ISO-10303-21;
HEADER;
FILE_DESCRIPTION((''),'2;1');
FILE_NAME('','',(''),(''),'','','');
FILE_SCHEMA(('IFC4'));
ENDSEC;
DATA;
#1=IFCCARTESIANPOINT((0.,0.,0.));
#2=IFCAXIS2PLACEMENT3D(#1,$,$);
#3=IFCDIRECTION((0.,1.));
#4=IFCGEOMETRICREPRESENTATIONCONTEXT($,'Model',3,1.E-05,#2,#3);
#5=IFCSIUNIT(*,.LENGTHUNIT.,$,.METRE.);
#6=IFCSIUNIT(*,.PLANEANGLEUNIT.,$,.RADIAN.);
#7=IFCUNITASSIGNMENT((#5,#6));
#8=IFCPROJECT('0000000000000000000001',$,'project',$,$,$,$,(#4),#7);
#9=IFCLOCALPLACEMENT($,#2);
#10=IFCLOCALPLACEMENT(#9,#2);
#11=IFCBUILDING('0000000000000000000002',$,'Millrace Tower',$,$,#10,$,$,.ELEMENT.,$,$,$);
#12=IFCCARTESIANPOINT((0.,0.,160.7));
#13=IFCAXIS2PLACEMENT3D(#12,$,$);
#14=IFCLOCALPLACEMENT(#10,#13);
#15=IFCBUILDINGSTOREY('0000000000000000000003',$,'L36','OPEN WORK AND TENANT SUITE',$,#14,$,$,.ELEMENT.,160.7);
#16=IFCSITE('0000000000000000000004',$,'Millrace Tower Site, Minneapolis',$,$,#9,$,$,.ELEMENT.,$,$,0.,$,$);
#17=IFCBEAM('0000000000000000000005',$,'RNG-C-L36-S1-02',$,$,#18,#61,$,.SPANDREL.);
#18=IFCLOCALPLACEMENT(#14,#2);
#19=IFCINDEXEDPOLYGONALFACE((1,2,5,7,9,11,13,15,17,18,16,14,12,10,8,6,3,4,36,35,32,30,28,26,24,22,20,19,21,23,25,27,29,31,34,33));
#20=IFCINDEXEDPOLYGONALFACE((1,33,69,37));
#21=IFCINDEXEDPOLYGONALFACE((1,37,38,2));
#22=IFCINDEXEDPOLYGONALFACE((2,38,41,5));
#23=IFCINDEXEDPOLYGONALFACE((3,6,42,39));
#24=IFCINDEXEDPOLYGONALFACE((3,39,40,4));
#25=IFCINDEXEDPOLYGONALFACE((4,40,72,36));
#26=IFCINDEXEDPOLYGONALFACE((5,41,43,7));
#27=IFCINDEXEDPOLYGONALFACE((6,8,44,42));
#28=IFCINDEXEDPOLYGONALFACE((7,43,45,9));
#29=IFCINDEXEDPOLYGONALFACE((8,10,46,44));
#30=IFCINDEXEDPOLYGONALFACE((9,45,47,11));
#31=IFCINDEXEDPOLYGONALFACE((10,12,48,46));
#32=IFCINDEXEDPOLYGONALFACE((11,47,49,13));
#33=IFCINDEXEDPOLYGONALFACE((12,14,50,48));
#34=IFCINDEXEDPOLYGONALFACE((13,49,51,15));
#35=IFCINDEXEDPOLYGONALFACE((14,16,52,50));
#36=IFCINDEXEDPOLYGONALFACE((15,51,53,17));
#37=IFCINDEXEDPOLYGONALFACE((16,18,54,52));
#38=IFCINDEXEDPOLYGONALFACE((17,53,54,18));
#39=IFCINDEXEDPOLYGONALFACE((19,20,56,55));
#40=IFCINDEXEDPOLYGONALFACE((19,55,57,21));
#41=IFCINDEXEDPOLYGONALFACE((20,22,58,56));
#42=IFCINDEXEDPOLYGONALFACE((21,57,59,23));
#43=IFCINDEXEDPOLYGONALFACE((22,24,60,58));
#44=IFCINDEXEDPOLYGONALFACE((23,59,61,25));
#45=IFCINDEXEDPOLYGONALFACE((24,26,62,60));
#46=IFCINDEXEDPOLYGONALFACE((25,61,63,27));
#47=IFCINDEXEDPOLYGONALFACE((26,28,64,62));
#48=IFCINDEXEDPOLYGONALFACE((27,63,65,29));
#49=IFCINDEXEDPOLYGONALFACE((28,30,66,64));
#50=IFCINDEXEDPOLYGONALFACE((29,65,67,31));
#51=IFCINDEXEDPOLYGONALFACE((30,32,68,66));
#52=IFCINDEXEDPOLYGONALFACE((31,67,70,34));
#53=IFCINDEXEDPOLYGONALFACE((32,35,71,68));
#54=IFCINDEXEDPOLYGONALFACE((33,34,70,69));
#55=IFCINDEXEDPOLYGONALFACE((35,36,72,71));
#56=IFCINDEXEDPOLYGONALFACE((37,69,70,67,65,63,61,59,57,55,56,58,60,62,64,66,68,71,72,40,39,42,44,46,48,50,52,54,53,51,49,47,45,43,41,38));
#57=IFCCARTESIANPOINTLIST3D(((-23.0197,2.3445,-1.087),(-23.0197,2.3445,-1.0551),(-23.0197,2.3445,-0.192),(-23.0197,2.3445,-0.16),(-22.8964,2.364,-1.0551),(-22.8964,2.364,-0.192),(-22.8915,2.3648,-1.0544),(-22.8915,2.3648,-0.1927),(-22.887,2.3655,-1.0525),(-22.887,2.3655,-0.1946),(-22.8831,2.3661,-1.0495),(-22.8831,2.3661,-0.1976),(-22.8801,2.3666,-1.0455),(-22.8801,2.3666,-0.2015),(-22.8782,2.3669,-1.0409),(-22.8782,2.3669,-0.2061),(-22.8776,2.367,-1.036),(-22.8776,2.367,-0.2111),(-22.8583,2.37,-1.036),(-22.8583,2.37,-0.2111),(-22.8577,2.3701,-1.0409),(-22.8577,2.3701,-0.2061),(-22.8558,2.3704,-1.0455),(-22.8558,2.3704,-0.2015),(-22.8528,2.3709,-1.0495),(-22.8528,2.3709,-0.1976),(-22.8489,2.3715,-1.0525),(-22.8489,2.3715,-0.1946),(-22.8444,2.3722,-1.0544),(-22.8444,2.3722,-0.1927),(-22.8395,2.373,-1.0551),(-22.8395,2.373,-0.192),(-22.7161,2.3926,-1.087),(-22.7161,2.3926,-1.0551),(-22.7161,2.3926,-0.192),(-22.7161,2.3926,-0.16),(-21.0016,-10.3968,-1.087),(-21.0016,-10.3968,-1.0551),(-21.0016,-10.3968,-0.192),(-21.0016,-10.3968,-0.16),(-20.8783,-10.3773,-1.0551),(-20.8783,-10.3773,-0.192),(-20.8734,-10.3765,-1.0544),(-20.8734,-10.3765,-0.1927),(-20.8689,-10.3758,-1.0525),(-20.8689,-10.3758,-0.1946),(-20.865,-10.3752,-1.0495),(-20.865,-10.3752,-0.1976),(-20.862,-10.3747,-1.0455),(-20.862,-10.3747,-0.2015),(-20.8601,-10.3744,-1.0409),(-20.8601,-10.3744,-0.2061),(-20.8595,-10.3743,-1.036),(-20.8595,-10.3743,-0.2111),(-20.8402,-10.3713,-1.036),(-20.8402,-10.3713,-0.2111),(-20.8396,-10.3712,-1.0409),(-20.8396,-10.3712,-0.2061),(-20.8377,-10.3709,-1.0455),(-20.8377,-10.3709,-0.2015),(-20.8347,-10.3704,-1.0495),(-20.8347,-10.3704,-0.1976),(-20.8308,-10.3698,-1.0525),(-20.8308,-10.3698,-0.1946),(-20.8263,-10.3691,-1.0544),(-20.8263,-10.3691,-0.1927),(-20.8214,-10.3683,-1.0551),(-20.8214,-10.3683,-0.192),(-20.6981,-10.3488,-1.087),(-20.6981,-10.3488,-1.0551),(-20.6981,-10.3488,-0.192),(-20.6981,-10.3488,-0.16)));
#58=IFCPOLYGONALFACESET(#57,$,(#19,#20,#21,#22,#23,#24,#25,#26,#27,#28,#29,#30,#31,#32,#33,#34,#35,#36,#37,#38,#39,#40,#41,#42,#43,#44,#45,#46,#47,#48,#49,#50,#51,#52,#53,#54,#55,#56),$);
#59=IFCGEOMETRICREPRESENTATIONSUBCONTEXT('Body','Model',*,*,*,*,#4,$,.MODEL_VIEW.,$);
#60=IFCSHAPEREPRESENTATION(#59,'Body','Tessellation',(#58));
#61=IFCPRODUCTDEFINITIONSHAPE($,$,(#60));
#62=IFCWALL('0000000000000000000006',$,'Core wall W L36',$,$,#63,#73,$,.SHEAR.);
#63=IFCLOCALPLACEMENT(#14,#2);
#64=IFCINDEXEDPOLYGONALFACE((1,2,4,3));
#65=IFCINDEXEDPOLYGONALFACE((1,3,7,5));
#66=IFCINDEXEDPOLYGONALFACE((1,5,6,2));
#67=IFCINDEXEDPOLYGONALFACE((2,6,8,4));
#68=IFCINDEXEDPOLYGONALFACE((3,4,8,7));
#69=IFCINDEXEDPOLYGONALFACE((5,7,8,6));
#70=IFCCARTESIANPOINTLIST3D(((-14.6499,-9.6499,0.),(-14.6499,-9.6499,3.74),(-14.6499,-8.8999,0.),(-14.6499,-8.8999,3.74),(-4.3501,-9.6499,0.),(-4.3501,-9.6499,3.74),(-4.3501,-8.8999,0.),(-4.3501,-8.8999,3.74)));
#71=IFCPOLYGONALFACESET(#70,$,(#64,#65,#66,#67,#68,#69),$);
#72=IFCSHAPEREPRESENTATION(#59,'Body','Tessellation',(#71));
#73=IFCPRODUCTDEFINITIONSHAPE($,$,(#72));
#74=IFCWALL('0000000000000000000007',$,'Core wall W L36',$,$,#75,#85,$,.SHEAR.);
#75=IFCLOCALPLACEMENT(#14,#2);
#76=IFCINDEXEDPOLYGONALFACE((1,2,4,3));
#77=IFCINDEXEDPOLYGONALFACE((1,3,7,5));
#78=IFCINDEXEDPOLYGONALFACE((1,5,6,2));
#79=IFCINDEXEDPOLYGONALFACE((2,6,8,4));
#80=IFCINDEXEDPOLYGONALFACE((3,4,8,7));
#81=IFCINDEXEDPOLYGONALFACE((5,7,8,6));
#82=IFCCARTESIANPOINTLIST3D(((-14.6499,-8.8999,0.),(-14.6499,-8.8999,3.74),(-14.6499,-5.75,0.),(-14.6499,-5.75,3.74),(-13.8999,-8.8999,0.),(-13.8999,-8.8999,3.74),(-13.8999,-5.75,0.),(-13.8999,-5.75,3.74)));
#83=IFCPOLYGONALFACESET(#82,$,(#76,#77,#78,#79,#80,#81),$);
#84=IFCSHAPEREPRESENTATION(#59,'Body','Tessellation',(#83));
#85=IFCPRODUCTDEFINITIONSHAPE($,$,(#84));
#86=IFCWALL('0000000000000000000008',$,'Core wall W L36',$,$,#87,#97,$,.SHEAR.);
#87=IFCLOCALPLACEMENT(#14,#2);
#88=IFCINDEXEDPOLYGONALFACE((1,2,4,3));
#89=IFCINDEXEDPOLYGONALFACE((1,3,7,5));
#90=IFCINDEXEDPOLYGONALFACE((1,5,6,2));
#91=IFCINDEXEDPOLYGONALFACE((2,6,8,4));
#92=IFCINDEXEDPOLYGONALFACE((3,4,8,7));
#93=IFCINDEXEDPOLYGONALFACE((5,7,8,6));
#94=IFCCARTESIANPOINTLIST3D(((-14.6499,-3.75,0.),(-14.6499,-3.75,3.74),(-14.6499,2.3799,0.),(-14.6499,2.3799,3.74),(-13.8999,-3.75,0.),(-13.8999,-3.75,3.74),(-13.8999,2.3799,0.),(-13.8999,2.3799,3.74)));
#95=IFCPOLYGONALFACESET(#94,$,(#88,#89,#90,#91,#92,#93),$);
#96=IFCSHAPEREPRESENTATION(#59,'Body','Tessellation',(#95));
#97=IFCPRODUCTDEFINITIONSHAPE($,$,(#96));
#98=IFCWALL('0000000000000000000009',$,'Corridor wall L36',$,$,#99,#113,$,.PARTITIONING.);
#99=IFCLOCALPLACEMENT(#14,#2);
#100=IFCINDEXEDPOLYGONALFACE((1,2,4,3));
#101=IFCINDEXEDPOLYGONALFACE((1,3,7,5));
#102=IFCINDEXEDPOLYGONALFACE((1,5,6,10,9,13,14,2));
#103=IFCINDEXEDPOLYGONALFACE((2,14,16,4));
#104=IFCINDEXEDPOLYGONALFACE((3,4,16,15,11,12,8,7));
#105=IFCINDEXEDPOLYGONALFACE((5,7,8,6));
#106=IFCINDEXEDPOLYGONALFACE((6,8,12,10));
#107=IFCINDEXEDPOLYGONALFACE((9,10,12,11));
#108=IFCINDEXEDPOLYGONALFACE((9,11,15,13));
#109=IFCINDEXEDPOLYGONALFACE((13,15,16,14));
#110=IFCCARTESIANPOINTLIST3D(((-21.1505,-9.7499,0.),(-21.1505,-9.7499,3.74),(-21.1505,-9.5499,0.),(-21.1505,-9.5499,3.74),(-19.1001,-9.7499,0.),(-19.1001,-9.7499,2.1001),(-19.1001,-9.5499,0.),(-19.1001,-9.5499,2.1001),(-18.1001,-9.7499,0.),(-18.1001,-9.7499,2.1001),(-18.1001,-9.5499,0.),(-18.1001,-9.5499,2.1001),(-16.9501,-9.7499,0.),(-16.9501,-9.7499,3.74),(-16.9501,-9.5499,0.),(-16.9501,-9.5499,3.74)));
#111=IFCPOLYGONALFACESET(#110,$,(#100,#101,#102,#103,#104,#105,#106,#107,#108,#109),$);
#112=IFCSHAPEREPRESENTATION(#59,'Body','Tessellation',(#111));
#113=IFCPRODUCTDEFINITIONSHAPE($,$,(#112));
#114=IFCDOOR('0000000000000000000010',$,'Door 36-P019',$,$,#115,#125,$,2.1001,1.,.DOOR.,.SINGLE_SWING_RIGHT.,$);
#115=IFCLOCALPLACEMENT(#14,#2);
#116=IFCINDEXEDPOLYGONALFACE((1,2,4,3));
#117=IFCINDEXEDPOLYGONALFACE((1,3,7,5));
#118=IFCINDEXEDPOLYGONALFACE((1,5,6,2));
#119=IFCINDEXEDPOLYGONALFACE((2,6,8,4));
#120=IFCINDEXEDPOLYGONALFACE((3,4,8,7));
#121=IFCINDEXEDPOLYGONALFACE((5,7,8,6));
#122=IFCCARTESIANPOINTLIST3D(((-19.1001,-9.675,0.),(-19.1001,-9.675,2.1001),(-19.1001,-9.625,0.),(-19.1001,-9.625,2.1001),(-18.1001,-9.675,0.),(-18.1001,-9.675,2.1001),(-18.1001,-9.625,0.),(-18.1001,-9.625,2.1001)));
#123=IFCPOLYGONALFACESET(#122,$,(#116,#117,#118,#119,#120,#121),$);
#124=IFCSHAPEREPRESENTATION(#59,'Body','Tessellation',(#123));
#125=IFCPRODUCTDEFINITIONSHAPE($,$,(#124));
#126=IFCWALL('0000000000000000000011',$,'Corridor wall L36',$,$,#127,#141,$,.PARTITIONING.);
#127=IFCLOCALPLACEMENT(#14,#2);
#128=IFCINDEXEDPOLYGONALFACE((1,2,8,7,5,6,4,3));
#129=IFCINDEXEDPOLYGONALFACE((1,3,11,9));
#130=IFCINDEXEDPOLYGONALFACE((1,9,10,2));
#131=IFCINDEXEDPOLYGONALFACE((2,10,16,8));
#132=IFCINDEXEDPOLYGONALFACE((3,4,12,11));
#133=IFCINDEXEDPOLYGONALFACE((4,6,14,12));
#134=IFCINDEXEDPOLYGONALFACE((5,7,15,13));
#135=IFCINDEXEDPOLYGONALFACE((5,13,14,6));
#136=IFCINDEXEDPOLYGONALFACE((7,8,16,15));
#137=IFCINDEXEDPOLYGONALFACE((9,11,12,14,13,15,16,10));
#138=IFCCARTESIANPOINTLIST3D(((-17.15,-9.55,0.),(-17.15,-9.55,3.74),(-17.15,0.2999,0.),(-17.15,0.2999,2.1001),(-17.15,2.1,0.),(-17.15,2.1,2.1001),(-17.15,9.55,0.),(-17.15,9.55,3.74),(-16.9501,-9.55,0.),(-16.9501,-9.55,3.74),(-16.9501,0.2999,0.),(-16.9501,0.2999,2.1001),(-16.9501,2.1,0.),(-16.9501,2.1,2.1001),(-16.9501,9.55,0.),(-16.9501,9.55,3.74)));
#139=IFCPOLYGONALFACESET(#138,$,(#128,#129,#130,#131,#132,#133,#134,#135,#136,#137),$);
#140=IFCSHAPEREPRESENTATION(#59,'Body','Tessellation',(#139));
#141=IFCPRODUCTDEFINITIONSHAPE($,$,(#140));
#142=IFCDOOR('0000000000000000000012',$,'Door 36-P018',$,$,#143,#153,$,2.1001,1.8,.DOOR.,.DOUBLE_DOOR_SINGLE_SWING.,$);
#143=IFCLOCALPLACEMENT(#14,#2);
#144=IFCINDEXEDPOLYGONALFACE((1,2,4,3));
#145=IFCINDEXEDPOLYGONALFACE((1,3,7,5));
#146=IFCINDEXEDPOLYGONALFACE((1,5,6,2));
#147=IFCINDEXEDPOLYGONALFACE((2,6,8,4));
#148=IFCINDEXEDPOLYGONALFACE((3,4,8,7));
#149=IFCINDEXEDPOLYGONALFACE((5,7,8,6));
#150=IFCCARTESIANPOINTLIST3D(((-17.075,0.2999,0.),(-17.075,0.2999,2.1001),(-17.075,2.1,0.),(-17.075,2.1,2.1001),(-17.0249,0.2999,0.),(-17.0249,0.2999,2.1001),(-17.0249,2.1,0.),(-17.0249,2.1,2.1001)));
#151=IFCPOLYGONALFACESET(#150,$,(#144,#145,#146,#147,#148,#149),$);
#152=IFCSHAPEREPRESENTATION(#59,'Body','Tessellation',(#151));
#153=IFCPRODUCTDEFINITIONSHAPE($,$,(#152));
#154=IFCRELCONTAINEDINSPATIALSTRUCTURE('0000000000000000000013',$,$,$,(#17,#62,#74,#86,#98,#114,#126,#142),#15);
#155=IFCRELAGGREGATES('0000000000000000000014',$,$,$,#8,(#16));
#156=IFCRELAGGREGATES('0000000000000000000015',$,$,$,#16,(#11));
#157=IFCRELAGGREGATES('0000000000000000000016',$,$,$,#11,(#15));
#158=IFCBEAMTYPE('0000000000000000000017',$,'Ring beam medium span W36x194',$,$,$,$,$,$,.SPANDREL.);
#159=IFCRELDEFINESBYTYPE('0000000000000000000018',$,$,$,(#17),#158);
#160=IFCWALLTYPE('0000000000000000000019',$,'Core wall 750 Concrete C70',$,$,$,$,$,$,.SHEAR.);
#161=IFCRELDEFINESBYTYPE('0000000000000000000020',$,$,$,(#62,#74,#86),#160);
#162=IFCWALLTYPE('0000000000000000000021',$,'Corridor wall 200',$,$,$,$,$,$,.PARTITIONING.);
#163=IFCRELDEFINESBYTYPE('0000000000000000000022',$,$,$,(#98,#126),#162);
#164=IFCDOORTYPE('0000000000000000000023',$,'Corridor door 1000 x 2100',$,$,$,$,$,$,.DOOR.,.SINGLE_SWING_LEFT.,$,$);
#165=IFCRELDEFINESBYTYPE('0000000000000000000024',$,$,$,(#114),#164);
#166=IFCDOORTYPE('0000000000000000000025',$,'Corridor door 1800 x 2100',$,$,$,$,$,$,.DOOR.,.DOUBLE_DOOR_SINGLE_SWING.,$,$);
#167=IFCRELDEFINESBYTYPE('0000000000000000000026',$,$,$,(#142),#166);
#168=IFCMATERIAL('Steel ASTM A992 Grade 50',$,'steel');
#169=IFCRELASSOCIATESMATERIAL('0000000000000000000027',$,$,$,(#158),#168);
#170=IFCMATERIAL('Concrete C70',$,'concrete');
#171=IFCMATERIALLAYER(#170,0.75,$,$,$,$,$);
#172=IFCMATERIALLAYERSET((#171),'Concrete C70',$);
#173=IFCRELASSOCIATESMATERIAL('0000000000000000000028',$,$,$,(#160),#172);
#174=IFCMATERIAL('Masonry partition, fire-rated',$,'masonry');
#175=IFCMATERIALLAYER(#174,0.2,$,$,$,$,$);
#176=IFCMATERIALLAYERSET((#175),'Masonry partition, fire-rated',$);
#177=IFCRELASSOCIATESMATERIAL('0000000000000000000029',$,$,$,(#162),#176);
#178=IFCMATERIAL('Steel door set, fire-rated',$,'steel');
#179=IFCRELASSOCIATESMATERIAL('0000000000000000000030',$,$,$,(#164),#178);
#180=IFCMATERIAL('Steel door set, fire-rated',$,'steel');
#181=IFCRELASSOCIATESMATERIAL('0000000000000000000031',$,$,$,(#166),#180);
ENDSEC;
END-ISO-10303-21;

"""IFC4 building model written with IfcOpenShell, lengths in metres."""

from ifc_helpers import new_model, si_unit, direction, frame, frame_2d, origin, origin_2d, place, context, subcontext, project, spatial, rectangle, i_section, extrude, material, layer, layer_set, material_profile, profile_set, type_object, element, fill, save


model = new_model("IFC4")

# Units and contexts
model_context = context("Model", 3, precision=1e-05, world=origin(), true_north=direction((0.0, 1.0)))
body_context = subcontext(model_context, "Body", "Model", "MODEL_VIEW")
ifc_project = project(units=[si_unit("LENGTHUNIT", "METRE"), si_unit("PLANEANGLEUNIT", "RADIAN")], contexts=[model_context])

# Site, building, storey
site_placement = place(None, origin())
site = spatial("IfcSite", under=ifc_project, at=site_placement, Name="Millrace Tower Site, Minneapolis", CompositionType="ELEMENT", RefElevation=0.0)
building_placement = place(site_placement, origin())
building = spatial("IfcBuilding", under=site, at=building_placement, Name="Millrace Tower", CompositionType="ELEMENT")
storey_placement = place(building_placement, frame((0.0, 0.0, 160.7)))
storey = spatial("IfcBuildingStorey", under=building, at=storey_placement, Name="L36", Description="OPEN WORK AND TENANT SUITE", CompositionType="ELEMENT", Elevation=160.7)

# Beam
ifc_material_1 = material(Name="Steel ASTM A992 Grade 50", Category="steel")
ifc_material_profile_1 = material_profile(ifc_material_1, i_section(OverallWidth=0.3074, OverallDepth=0.927, WebThickness=0.0195, FlangeThickness=0.032, FilletRadius=0.019, at=origin_2d()))
ifc_profile_set_1 = profile_set([ifc_material_profile_1], Name="Steel ASTM A992 Grade 50")
beam_type_1 = type_object("IfcBeamType", Name="Ring beam medium span W36x194", PredefinedType="SPANDREL", material=ifc_profile_set_1)
beam_1_placement = place(storey_placement, frame((-20.8499, -10.3728, -0.6235), z_axis=(-0.156439, 0.987688, 0.0), x_axis=(-0.987688, -0.156439, 0.0)))
element("IfcBeam", 1, at=beam_1_placement, inside=storey, type_object=beam_type_1, Name="RNG-C-L36-S1-02", PredefinedType="SPANDREL", context=body_context, shape_type="SweptSolid", body=[
    extrude(i_section(OverallWidth=0.3074, OverallDepth=0.927, WebThickness=0.0195, FlangeThickness=0.032, FilletRadius=0.019, at=origin_2d()), origin(), (0.0, 0.0, 1.0), 12.9001),
])

# Walls
ifc_material_2 = material(Name="Concrete C70", Category="concrete")
ifc_layer_1 = layer(ifc_material_2, 0.75)
ifc_layer_set_1 = layer_set([ifc_layer_1], Name="Concrete C70")
wall_type_1 = type_object("IfcWallType", Name="Core wall 750 Concrete C70", PredefinedType="SHEAR", material=ifc_layer_set_1)
wall_1_placement = place(storey_placement, frame((-14.6499, -9.2749, 0.0), z_axis=(0.0, 0.0, 1.0), x_axis=(1.0, 0.0, 0.0)))
element("IfcWall", 2, at=wall_1_placement, inside=storey, type_object=wall_type_1, Name="Core wall W L36", PredefinedType="SHEAR", context=body_context, shape_type="SweptSolid", body=[
    extrude(rectangle(XDim=10.2998, YDim=0.75, at=frame_2d((5.1499, 0.0))), origin(), (0.0, 0.0, 1.0), 3.74),
])
wall_2_placement = place(storey_placement, frame((-14.2749, -8.8999, 0.0), z_axis=(0.0, 0.0, 1.0), x_axis=(0.0, 1.0, 0.0)))
element("IfcWall", 3, at=wall_2_placement, inside=storey, type_object=wall_type_1, Name="Core wall W L36", PredefinedType="SHEAR", context=body_context, shape_type="SweptSolid", body=[
    extrude(rectangle(XDim=3.1499, YDim=0.75, at=frame_2d((1.575, 0.0))), origin(), (0.0, 0.0, 1.0), 3.74),
])
wall_3_placement = place(storey_placement, frame((-14.2749, -3.75, 0.0), z_axis=(0.0, 0.0, 1.0), x_axis=(0.0, 1.0, 0.0)))
element("IfcWall", 4, at=wall_3_placement, inside=storey, type_object=wall_type_1, Name="Core wall W L36", PredefinedType="SHEAR", context=body_context, shape_type="SweptSolid", body=[
    extrude(rectangle(XDim=6.1299, YDim=0.75, at=frame_2d((3.0649, 0.0))), origin(), (0.0, 0.0, 1.0), 3.74),
])

# Walls, openings, doors
ifc_material_3 = material(Name="Masonry partition, fire-rated", Category="masonry")
ifc_layer_2 = layer(ifc_material_3, 0.2)
ifc_layer_set_2 = layer_set([ifc_layer_2], Name="Masonry partition, fire-rated")
wall_type_2 = type_object("IfcWallType", Name="Corridor wall 200", PredefinedType="PARTITIONING", material=ifc_layer_set_2)
wall_4_placement = place(storey_placement, frame((-21.1504, -9.6499, 0.0), z_axis=(0.0, 0.0, 1.0), x_axis=(1.0, 0.0, 0.0)))
wall_4 = element("IfcWall", 5, at=wall_4_placement, inside=storey, type_object=wall_type_2, Name="Corridor wall L36", PredefinedType="PARTITIONING", context=body_context, shape_type="SweptSolid", body=[
    extrude(rectangle(XDim=4.2004, YDim=0.2, at=frame_2d((2.1001, 0.0))), origin(), (0.0, 0.0, 1.0), 3.74),
])
opening_1_placement = place(wall_4_placement, frame((2.0503, 0.0, 0.0)))
opening_1 = element("IfcOpeningElement", 6, at=opening_1_placement, cuts=wall_4, PredefinedType="OPENING", context=body_context, shape_type="SweptSolid", body=[
    extrude(rectangle(XDim=1.0, YDim=2.1001, at=frame_2d((0.5, 1.05))), frame((0.0, 0.1099, 0.0), z_axis=(0.0, -1.0, 0.0), x_axis=(1.0, 0.0, 0.0)), (0.0, 0.0, 1.0), 0.22),
])
ifc_material_4 = material(Name="Steel door set, fire-rated", Category="steel")
door_type_1 = type_object("IfcDoorType", Name="Corridor door 1000 x 2100", OperationType="SINGLE_SWING_LEFT", PredefinedType="DOOR", material=ifc_material_4)
door_1_placement = place(opening_1_placement, origin())
door_1 = element("IfcDoor", 7, at=door_1_placement, inside=storey, type_object=door_type_1, Name="Door 36-P019", OperationType="SINGLE_SWING_RIGHT", OverallHeight=2.1001, OverallWidth=1.0, PredefinedType="DOOR", context=body_context, shape_type="SweptSolid", body=[
    extrude(rectangle(XDim=1.0, YDim=2.1001, at=frame_2d((0.5, 1.05))), frame((0.0, 0.0249, 0.0), z_axis=(0.0, -1.0, 0.0), x_axis=(1.0, 0.0, 0.0)), (0.0, 0.0, 1.0), 0.05),
])
fill(opening_1, door_1)
wall_5_placement = place(storey_placement, frame((-17.05, -9.55, 0.0), z_axis=(0.0, 0.0, 1.0), x_axis=(0.0, 1.0, 0.0)))
wall_5 = element("IfcWall", 8, at=wall_5_placement, inside=storey, type_object=wall_type_2, Name="Corridor wall L36", PredefinedType="PARTITIONING", context=body_context, shape_type="SweptSolid", body=[
    extrude(rectangle(XDim=19.1001, YDim=0.2, at=frame_2d((9.55, 0.0))), origin(), (0.0, 0.0, 1.0), 3.74),
])
opening_2_placement = place(wall_5_placement, frame((9.8501, 0.0, 0.0)))
opening_2 = element("IfcOpeningElement", 9, at=opening_2_placement, cuts=wall_5, PredefinedType="OPENING", context=body_context, shape_type="SweptSolid", body=[
    extrude(rectangle(XDim=1.8, YDim=2.1001, at=frame_2d((0.8999, 1.05))), frame((0.0, 0.1099, 0.0), z_axis=(0.0, -1.0, 0.0), x_axis=(1.0, 0.0, 0.0)), (0.0, 0.0, 1.0), 0.22),
])
ifc_material_5 = material(Name="Steel door set, fire-rated", Category="steel")
door_type_2 = type_object("IfcDoorType", Name="Corridor door 1800 x 2100", OperationType="DOUBLE_DOOR_SINGLE_SWING", PredefinedType="DOOR", material=ifc_material_5)
door_2_placement = place(opening_2_placement, origin())
door_2 = element("IfcDoor", 10, at=door_2_placement, inside=storey, type_object=door_type_2, Name="Door 36-P018", OperationType="DOUBLE_DOOR_SINGLE_SWING", OverallHeight=2.1001, OverallWidth=1.8, PredefinedType="DOOR", context=body_context, shape_type="SweptSolid", body=[
    extrude(rectangle(XDim=1.8, YDim=2.1001, at=frame_2d((0.8999, 1.05))), frame((0.0, 0.0249, 0.0), z_axis=(0.0, -1.0, 0.0), x_axis=(1.0, 0.0, 0.0)), (0.0, 0.0, 1.0), 0.05),
])
fill(opening_2, door_2)

save(model, "model.ifc")
